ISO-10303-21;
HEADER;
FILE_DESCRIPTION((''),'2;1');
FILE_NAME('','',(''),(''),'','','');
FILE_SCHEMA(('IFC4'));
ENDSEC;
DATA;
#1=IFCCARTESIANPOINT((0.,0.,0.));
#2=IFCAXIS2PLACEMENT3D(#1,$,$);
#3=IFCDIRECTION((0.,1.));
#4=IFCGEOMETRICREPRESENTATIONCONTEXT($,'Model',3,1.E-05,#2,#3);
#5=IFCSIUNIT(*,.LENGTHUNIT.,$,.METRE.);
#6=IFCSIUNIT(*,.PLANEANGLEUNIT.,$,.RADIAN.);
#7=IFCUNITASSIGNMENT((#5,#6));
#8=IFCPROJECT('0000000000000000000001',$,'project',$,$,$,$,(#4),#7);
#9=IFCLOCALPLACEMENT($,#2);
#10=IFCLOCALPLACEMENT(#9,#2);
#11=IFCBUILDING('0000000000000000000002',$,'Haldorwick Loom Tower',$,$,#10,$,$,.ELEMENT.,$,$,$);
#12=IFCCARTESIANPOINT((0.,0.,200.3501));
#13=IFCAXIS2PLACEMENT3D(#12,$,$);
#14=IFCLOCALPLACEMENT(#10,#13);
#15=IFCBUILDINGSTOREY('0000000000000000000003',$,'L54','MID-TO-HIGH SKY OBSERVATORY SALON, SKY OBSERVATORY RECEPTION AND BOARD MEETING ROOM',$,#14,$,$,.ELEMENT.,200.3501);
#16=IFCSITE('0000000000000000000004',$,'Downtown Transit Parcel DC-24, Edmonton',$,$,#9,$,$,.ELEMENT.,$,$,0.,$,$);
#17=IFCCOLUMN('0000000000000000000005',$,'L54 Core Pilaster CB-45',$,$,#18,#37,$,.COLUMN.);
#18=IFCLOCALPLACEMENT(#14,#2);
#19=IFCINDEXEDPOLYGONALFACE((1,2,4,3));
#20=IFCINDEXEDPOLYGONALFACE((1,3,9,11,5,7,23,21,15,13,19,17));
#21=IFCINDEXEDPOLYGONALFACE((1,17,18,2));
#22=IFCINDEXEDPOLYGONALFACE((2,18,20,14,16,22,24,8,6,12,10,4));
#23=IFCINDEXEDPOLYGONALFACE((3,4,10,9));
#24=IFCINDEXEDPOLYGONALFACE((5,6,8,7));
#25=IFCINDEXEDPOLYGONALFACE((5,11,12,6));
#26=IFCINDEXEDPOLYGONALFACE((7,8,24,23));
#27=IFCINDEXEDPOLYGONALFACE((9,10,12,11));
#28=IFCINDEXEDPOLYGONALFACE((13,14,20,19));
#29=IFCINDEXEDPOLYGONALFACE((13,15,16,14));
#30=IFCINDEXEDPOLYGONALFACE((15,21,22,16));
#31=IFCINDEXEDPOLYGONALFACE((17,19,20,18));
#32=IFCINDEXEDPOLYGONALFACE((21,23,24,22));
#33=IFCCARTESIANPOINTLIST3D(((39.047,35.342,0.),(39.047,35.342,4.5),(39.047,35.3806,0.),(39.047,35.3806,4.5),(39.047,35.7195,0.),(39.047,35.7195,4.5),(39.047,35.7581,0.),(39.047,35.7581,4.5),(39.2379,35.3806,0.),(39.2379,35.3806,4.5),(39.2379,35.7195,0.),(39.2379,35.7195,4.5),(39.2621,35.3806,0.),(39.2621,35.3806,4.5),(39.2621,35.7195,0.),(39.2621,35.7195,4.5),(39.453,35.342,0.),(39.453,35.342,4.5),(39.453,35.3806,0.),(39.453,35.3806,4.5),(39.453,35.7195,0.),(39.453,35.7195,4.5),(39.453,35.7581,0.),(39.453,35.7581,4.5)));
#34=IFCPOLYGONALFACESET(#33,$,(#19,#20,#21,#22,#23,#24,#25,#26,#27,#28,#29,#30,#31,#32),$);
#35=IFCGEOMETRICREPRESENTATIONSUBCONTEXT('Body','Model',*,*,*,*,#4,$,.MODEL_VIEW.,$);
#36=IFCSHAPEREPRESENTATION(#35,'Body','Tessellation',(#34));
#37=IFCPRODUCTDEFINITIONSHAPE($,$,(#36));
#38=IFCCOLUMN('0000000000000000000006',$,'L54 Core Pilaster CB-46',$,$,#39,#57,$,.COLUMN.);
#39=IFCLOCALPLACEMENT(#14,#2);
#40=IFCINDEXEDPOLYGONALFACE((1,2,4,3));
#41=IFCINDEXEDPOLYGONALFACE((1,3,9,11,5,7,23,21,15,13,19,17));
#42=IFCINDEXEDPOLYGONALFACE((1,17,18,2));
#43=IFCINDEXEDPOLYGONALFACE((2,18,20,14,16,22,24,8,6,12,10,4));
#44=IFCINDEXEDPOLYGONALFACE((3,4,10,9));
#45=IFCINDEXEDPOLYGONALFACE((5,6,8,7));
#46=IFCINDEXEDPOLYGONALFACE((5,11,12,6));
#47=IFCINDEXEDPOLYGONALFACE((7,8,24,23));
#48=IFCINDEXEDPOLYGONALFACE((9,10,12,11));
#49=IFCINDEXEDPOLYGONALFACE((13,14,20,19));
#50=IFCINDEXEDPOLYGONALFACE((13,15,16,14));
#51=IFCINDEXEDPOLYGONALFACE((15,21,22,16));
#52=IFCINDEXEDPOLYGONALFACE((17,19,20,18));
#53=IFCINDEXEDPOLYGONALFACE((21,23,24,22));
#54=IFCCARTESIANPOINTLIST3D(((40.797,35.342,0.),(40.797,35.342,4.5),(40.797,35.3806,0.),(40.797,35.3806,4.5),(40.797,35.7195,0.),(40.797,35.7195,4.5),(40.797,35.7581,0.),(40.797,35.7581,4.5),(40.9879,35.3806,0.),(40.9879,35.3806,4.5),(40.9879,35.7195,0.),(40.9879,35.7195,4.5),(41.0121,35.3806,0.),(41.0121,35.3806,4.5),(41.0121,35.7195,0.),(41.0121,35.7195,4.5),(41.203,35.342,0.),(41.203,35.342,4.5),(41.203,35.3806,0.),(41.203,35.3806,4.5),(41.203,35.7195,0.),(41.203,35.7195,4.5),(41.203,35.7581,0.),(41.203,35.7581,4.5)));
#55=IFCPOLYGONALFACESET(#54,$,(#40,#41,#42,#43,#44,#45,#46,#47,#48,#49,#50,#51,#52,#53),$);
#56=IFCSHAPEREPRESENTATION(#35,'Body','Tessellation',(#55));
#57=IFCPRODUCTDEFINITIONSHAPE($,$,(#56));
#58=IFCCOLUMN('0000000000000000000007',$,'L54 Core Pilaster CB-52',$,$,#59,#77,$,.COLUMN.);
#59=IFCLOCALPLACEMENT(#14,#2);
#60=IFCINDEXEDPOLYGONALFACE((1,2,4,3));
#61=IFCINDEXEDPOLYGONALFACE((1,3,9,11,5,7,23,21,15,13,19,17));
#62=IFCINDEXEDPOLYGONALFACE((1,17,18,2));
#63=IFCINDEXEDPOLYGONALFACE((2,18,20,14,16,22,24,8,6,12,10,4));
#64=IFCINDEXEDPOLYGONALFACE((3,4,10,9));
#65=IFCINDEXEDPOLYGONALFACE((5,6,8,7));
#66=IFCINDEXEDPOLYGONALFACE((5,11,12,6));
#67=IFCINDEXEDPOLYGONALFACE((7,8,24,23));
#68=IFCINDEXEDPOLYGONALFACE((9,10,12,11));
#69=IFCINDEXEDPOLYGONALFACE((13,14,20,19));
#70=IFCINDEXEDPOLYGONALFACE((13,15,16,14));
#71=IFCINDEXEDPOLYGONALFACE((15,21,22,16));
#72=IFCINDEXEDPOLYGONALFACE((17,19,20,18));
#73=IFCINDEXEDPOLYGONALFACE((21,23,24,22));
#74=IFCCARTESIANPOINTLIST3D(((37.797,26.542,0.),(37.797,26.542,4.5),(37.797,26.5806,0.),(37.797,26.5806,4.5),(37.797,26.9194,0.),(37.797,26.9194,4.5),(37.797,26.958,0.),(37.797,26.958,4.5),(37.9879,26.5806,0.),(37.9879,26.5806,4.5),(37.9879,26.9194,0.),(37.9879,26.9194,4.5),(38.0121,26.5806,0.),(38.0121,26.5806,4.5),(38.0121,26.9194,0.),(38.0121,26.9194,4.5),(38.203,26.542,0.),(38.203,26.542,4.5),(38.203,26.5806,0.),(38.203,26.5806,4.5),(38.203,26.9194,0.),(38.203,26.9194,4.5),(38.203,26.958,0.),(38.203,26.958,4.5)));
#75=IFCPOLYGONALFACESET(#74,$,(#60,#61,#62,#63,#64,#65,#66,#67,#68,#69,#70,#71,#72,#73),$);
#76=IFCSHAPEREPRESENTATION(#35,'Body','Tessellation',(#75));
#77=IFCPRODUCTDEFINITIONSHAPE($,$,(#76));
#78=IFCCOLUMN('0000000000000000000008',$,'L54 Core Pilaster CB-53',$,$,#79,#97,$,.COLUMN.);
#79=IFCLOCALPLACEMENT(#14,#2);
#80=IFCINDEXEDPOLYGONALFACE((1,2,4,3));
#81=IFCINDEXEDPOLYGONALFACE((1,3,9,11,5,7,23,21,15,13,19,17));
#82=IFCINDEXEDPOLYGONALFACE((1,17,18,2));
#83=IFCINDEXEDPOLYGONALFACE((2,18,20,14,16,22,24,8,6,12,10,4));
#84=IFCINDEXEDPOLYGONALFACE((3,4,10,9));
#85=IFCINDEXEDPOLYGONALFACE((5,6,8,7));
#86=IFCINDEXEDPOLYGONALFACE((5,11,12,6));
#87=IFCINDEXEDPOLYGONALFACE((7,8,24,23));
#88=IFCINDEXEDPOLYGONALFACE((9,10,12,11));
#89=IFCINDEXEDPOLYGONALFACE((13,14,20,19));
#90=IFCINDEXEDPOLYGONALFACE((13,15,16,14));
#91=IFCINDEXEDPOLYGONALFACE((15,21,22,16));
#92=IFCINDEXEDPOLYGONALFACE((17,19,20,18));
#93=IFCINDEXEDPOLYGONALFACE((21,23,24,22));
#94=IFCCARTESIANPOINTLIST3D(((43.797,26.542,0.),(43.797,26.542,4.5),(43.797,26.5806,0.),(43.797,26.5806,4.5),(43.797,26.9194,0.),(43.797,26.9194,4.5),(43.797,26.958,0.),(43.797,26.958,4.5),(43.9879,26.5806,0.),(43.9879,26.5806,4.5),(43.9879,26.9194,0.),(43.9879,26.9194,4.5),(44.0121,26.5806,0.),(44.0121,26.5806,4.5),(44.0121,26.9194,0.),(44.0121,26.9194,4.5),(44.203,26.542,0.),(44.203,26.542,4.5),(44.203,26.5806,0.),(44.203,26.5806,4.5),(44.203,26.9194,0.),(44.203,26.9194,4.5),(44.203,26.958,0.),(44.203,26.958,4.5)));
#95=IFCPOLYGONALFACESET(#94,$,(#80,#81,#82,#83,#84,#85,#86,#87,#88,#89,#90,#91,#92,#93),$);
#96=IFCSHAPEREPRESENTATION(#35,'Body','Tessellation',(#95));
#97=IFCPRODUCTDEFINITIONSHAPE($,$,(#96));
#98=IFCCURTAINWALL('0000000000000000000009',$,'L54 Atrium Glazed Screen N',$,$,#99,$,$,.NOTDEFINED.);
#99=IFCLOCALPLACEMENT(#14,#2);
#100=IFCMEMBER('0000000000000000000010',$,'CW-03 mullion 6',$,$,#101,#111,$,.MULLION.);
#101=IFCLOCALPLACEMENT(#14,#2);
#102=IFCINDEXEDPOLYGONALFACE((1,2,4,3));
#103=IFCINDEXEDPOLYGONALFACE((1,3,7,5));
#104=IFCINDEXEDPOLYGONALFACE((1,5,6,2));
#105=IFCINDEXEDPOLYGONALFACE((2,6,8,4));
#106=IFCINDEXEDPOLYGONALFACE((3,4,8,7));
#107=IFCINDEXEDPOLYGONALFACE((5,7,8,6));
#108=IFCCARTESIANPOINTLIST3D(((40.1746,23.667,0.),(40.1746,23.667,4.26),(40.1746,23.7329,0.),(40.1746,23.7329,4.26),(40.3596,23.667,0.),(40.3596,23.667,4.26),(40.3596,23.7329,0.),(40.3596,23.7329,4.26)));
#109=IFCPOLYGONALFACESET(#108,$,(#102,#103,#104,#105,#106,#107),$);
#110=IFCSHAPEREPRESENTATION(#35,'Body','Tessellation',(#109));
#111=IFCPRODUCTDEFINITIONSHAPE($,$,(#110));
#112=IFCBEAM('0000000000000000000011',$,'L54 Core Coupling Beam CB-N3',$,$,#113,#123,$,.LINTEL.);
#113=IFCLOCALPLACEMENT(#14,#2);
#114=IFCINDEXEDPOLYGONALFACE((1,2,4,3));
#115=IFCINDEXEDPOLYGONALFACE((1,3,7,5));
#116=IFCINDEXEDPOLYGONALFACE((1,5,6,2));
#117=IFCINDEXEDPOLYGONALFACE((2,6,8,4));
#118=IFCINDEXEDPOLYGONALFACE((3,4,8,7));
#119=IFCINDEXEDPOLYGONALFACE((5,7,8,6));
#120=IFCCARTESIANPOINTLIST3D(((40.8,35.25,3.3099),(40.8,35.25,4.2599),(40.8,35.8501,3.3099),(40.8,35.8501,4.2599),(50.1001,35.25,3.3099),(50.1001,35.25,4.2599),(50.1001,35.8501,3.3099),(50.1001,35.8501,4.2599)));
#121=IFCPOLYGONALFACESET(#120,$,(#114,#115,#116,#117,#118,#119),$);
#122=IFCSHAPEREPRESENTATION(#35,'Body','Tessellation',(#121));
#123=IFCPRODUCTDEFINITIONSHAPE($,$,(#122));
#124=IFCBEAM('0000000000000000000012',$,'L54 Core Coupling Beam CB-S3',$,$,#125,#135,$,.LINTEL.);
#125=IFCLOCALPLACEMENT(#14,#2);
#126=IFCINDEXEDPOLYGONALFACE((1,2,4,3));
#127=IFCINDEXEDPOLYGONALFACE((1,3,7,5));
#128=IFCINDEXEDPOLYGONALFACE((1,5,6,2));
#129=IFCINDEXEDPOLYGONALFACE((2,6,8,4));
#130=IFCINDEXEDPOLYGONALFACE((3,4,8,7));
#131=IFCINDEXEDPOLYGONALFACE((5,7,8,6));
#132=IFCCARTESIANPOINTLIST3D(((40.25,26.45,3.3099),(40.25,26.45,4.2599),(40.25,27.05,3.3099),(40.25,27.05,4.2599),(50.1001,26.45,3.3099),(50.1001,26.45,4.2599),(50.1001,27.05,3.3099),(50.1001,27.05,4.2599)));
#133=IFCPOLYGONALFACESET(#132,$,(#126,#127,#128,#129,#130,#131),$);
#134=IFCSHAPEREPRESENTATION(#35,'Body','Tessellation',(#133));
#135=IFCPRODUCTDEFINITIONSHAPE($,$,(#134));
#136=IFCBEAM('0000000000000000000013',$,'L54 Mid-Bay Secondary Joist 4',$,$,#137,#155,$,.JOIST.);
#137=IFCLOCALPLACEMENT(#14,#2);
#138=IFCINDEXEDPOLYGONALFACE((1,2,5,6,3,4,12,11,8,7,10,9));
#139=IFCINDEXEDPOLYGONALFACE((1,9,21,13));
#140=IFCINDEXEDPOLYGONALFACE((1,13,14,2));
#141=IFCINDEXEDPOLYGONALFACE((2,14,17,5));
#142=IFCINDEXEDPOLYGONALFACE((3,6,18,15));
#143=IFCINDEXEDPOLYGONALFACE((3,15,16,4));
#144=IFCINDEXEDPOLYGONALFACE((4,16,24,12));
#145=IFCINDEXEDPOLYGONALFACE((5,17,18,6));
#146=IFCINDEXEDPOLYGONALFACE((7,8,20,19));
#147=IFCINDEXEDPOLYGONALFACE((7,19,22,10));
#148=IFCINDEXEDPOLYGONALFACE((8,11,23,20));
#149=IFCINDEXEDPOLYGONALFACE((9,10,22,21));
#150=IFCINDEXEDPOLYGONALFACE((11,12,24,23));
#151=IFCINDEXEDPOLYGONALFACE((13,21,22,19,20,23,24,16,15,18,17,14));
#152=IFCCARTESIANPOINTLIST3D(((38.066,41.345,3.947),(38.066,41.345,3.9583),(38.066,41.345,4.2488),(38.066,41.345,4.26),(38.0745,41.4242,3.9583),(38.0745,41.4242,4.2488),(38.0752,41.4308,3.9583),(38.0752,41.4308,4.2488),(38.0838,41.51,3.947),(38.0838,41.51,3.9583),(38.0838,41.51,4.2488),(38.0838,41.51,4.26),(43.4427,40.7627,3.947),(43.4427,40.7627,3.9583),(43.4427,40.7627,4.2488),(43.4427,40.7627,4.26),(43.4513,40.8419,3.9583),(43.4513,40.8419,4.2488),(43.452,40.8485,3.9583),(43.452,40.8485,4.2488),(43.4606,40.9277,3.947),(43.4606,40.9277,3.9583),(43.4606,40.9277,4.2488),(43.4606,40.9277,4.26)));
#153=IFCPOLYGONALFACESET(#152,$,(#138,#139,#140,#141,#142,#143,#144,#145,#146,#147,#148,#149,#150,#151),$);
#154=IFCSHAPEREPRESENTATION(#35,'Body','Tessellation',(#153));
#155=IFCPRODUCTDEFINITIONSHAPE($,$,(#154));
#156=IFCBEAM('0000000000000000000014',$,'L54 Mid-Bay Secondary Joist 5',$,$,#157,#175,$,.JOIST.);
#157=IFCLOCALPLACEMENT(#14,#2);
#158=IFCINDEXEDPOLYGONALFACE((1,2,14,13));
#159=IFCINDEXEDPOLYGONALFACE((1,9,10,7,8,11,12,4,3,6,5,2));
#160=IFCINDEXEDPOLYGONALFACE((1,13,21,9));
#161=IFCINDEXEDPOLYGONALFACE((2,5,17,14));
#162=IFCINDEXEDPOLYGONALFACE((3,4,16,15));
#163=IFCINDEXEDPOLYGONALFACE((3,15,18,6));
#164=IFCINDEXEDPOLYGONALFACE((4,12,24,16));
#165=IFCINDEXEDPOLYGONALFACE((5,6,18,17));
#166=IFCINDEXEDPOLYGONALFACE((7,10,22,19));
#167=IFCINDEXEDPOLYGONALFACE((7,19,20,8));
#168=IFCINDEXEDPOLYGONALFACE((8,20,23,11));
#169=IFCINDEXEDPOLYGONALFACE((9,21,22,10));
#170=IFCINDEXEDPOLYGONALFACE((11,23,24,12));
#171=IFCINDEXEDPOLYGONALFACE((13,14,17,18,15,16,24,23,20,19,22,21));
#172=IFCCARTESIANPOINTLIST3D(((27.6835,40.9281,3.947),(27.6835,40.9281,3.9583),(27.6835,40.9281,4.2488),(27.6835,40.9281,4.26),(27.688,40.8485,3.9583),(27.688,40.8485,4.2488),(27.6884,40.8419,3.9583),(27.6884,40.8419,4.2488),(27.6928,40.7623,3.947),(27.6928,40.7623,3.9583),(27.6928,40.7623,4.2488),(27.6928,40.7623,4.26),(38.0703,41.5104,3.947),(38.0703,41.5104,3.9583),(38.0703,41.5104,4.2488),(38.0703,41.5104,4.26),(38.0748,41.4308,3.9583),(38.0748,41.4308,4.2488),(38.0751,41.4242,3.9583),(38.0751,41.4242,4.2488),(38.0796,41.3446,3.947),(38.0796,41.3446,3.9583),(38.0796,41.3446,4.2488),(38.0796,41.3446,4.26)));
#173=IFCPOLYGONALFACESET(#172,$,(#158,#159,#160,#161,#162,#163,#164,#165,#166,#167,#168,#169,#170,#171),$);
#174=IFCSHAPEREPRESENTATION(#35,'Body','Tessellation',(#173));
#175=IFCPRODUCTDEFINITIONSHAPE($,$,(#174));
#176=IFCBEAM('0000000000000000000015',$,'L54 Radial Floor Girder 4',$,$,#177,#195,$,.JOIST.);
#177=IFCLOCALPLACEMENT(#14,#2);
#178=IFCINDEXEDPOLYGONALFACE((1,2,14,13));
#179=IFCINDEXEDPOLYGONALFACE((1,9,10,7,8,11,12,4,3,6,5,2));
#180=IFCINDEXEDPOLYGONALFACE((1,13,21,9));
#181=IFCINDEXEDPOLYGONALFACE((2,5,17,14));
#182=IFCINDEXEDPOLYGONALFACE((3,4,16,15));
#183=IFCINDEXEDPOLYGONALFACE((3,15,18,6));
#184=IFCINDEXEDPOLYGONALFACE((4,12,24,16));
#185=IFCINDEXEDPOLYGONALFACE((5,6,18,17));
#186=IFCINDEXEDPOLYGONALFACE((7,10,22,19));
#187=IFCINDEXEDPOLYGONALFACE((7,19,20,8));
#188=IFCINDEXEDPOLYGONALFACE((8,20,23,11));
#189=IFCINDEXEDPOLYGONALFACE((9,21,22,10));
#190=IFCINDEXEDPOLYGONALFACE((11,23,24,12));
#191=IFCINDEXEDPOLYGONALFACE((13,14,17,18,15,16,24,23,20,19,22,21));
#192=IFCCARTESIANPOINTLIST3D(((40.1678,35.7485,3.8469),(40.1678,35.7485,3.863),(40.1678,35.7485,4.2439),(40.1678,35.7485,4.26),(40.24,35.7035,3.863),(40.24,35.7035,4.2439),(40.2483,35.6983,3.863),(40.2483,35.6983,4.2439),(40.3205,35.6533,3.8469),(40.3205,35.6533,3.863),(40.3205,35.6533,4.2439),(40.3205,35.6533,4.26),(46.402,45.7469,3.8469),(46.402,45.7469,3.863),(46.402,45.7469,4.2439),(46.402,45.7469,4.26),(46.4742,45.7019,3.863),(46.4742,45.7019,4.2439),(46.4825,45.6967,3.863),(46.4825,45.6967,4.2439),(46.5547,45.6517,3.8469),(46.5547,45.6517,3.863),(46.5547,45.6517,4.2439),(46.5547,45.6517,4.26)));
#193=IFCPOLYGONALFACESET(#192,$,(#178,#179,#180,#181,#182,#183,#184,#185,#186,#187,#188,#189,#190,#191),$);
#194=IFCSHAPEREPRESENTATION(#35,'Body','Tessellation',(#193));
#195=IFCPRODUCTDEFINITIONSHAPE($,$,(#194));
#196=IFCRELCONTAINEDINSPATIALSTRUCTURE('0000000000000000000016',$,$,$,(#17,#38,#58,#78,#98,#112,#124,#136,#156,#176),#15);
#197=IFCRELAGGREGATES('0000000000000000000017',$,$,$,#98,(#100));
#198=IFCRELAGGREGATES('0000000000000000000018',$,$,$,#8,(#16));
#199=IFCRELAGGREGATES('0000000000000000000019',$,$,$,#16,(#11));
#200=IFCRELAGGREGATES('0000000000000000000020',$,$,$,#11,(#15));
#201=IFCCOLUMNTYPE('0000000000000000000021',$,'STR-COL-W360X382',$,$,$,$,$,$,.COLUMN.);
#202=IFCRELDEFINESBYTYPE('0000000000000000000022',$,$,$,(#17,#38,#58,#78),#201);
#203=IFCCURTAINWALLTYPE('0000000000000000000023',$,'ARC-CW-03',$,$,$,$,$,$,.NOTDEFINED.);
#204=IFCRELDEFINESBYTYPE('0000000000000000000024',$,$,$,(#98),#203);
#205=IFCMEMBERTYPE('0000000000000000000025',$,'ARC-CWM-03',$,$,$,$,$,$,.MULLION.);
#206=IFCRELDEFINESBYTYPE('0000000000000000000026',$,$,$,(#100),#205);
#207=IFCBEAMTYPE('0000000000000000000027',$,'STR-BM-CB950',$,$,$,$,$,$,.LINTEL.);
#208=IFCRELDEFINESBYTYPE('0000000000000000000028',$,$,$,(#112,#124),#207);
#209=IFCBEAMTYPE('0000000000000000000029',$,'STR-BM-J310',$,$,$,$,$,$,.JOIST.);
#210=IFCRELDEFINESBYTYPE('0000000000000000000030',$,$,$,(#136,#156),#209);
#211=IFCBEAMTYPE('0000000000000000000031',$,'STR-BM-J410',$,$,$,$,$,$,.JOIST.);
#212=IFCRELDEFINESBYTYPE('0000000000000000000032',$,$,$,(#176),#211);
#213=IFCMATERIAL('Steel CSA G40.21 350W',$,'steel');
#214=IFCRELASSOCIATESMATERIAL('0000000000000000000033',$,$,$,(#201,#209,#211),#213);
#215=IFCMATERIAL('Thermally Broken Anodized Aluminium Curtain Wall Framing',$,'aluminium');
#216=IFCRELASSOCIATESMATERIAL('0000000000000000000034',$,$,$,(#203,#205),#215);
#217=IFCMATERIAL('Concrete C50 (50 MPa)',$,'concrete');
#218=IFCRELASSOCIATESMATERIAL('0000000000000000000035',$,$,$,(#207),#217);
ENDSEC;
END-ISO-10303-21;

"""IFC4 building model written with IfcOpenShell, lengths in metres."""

from ifc_helpers import new_model, si_unit, direction, frame, origin, origin_2d, place, context, subcontext, project, spatial, rectangle, i_section, extrude, material, material_profile, profile_set, type_object, element, aggregate, save


model = new_model("IFC4")

# Units and contexts
model_context = context("Model", 3, precision=1e-05, world=origin(), true_north=direction((0.0, 1.0)))
body_context = subcontext(model_context, "Body", "Model", "MODEL_VIEW")
ifc_project = project(units=[si_unit("LENGTHUNIT", "METRE"), si_unit("PLANEANGLEUNIT", "RADIAN")], contexts=[model_context])

# Site, building, storey
site_placement = place(None, origin())
site = spatial("IfcSite", under=ifc_project, at=site_placement, Name="Downtown Transit Parcel DC-24, Edmonton", CompositionType="ELEMENT", RefElevation=0.0)
building_placement = place(site_placement, origin())
building = spatial("IfcBuilding", under=site, at=building_placement, Name="Haldorwick Loom Tower", CompositionType="ELEMENT")
storey_placement = place(building_placement, frame((0.0, 0.0, 200.3501)))
storey = spatial("IfcBuildingStorey", under=building, at=storey_placement, Name="L54", Description="MID-TO-HIGH SKY OBSERVATORY SALON, SKY OBSERVATORY RECEPTION AND BOARD MEETING ROOM", CompositionType="ELEMENT", Elevation=200.3501)

# Columns
ifc_material_1 = material(Name="Steel CSA G40.21 350W", Category="steel")
ifc_material_profile_1 = material_profile(ifc_material_1, i_section(OverallWidth=0.406, OverallDepth=0.416, WebThickness=0.0242, FlangeThickness=0.0386, at=origin_2d()), Name="W360X382", Category="steel")
ifc_profile_set_1 = profile_set([ifc_material_profile_1], Name="Steel CSA G40.21 350W")
column_type = type_object("IfcColumnType", Name="STR-COL-W360X382", PredefinedType="COLUMN", material=ifc_profile_set_1)
for number, where, z_axis, x_axis, name in (
    (1, (39.25, 35.55, 0.0), (0.0, 0.0, 1.0), (1.0, 0.0, 0.0), "L54 Core Pilaster CB-45"),
    (2, (41.0, 35.55, 0.0), (0.0, 0.0, 1.0), (1.0, 0.0, 0.0), "L54 Core Pilaster CB-46"),
    (3, (38.0, 26.75, 0.0), (0.0, 0.0, 1.0), (1.0, 0.0, 0.0), "L54 Core Pilaster CB-52"),
    (4, (44.0, 26.75, 0.0), (0.0, 0.0, 1.0), (1.0, 0.0, 0.0), "L54 Core Pilaster CB-53"),
):
    element("IfcColumn", number, at=place(storey_placement, frame(where, z_axis=z_axis, x_axis=x_axis)), inside=storey, type_object=column_type, Name=name, PredefinedType="COLUMN", context=body_context, shape_type="SweptSolid", body=[
        extrude(i_section(OverallWidth=0.406, OverallDepth=0.416, WebThickness=0.0242, FlangeThickness=0.0386, at=origin_2d()), origin(), (0.0, 0.0, 1.0), 4.5),
    ])

# Curtain wall, member
ifc_material_2 = material(Name="Thermally Broken Anodized Aluminium Curtain Wall Framing", Category="aluminium")
curtain_wall_type = type_object("IfcCurtainWallType", Name="ARC-CW-03", PredefinedType="NOTDEFINED", material=ifc_material_2)
curtain_wall_placement = place(storey_placement, origin())
curtain_wall = element("IfcCurtainWall", 5, at=curtain_wall_placement, inside=storey, type_object=curtain_wall_type, Name="L54 Atrium Glazed Screen N", PredefinedType="NOTDEFINED")
ifc_material_profile_2 = material_profile(ifc_material_2, rectangle(XDim=0.0659, YDim=0.1851, at=origin_2d()), Name="ALU_MUL_66X185", Category="aluminium")
ifc_profile_set_2 = profile_set([ifc_material_profile_2], Name="Thermally Broken Anodized Aluminium Curtain Wall Framing")
member_type = type_object("IfcMemberType", Name="ARC-CWM-03", PredefinedType="MULLION", material=ifc_profile_set_2)
member_placement = place(storey_placement, frame((40.2671, 23.7, 0.0), z_axis=(0.0, 0.0, 1.0), x_axis=(0.0, 1.0, 0.0)))
member = element("IfcMember", 6, at=member_placement, type_object=member_type, Name="CW-03 mullion 6", PredefinedType="MULLION", context=body_context, shape_type="SweptSolid", body=[
    extrude(rectangle(XDim=0.0659, YDim=0.1851, at=origin_2d()), origin(), (0.0, 0.0, 1.0), 4.26),
])

# Beams
ifc_material_3 = material(Name="Concrete C50 (50 MPa)", Category="concrete")
ifc_material_profile_3 = material_profile(ifc_material_3, rectangle(XDim=0.6001, YDim=0.95, at=origin_2d()), Name="RC600X950", Category="concrete")
ifc_profile_set_3 = profile_set([ifc_material_profile_3], Name="Concrete C50 (50 MPa)")
beam_type_1 = type_object("IfcBeamType", Name="STR-BM-CB950", PredefinedType="LINTEL", material=ifc_profile_set_3)
beam_1_placement = place(storey_placement, frame((40.8, 35.55, 3.7849), z_axis=(1.0, 0.0, 0.0), x_axis=(0.0, 1.0, 0.0)))
element("IfcBeam", 7, at=beam_1_placement, inside=storey, type_object=beam_type_1, Name="L54 Core Coupling Beam CB-N3", PredefinedType="LINTEL", context=body_context, shape_type="SweptSolid", body=[
    extrude(rectangle(XDim=0.6001, YDim=0.95, at=origin_2d()), origin(), (0.0, 0.0, 1.0), 9.3),
])
beam_2_placement = place(storey_placement, frame((40.25, 26.75, 3.7849), z_axis=(1.0, 0.0, 0.0), x_axis=(0.0, 1.0, 0.0)))
element("IfcBeam", 8, at=beam_2_placement, inside=storey, type_object=beam_type_1, Name="L54 Core Coupling Beam CB-S3", PredefinedType="LINTEL", context=body_context, shape_type="SweptSolid", body=[
    extrude(rectangle(XDim=0.6001, YDim=0.95, at=origin_2d()), origin(), (0.0, 0.0, 1.0), 9.8501),
])
ifc_material_profile_4 = material_profile(ifc_material_1, i_section(OverallWidth=0.166, OverallDepth=0.313, WebThickness=0.0066, FlangeThickness=0.0112, at=origin_2d()), Name="W310X45", Category="steel")
ifc_profile_set_4 = profile_set([ifc_material_profile_4], Name="Steel CSA G40.21 350W")
beam_type_2 = type_object("IfcBeamType", Name="STR-BM-J310", PredefinedType="JOIST", material=ifc_profile_set_4)
beam_3_placement = place(storey_placement, frame((43.4517, 40.8452, 4.1035), z_axis=(-0.994187, 0.107666, 0.0), x_axis=(-0.107666, -0.994187, 0.0)))
element("IfcBeam", 9, at=beam_3_placement, inside=storey, type_object=beam_type_2, Name="L54 Mid-Bay Secondary Joist 4", PredefinedType="JOIST", context=body_context, shape_type="SweptSolid", body=[
    extrude(i_section(OverallWidth=0.166, OverallDepth=0.313, WebThickness=0.0066, FlangeThickness=0.0112, at=origin_2d()), origin(), (0.0, 0.0, 1.0), 5.4082),
])
beam_4_placement = place(storey_placement, frame((38.075, 41.4275, 4.1035), z_axis=(-0.998432, -0.055972, 0.0), x_axis=(0.055972, -0.998432, 0.0)))
element("IfcBeam", 10, at=beam_4_placement, inside=storey, type_object=beam_type_2, Name="L54 Mid-Bay Secondary Joist 5", PredefinedType="JOIST", context=body_context, shape_type="SweptSolid", body=[
    extrude(i_section(OverallWidth=0.166, OverallDepth=0.313, WebThickness=0.0066, FlangeThickness=0.0112, at=origin_2d()), origin(), (0.0, 0.0, 1.0), 10.4031),
])
ifc_material_profile_5 = material_profile(ifc_material_1, i_section(OverallWidth=0.1799, OverallDepth=0.4131, WebThickness=0.0098, FlangeThickness=0.0161, at=origin_2d()), Name="W410X74", Category="steel")
ifc_profile_set_5 = profile_set([ifc_material_profile_5], Name="Steel CSA G40.21 350W")
beam_type_3 = type_object("IfcBeamType", Name="STR-BM-J410", PredefinedType="JOIST", material=ifc_profile_set_5)
beam_5_placement = place(storey_placement, frame((40.2441, 35.7009, 4.0535), z_axis=(0.529095, 0.848562, 0.0), x_axis=(-0.848562, 0.529095, 0.0)))
element("IfcBeam", 11, at=beam_5_placement, inside=storey, type_object=beam_type_3, Name="L54 Radial Floor Girder 4", PredefinedType="JOIST", context=body_context, shape_type="SweptSolid", body=[
    extrude(i_section(OverallWidth=0.1799, OverallDepth=0.4131, WebThickness=0.0098, FlangeThickness=0.0161, at=origin_2d()), origin(), (0.0, 0.0, 1.0), 11.7827),
])

aggregate(curtain_wall, [member])

save(model, "model.ifc")
